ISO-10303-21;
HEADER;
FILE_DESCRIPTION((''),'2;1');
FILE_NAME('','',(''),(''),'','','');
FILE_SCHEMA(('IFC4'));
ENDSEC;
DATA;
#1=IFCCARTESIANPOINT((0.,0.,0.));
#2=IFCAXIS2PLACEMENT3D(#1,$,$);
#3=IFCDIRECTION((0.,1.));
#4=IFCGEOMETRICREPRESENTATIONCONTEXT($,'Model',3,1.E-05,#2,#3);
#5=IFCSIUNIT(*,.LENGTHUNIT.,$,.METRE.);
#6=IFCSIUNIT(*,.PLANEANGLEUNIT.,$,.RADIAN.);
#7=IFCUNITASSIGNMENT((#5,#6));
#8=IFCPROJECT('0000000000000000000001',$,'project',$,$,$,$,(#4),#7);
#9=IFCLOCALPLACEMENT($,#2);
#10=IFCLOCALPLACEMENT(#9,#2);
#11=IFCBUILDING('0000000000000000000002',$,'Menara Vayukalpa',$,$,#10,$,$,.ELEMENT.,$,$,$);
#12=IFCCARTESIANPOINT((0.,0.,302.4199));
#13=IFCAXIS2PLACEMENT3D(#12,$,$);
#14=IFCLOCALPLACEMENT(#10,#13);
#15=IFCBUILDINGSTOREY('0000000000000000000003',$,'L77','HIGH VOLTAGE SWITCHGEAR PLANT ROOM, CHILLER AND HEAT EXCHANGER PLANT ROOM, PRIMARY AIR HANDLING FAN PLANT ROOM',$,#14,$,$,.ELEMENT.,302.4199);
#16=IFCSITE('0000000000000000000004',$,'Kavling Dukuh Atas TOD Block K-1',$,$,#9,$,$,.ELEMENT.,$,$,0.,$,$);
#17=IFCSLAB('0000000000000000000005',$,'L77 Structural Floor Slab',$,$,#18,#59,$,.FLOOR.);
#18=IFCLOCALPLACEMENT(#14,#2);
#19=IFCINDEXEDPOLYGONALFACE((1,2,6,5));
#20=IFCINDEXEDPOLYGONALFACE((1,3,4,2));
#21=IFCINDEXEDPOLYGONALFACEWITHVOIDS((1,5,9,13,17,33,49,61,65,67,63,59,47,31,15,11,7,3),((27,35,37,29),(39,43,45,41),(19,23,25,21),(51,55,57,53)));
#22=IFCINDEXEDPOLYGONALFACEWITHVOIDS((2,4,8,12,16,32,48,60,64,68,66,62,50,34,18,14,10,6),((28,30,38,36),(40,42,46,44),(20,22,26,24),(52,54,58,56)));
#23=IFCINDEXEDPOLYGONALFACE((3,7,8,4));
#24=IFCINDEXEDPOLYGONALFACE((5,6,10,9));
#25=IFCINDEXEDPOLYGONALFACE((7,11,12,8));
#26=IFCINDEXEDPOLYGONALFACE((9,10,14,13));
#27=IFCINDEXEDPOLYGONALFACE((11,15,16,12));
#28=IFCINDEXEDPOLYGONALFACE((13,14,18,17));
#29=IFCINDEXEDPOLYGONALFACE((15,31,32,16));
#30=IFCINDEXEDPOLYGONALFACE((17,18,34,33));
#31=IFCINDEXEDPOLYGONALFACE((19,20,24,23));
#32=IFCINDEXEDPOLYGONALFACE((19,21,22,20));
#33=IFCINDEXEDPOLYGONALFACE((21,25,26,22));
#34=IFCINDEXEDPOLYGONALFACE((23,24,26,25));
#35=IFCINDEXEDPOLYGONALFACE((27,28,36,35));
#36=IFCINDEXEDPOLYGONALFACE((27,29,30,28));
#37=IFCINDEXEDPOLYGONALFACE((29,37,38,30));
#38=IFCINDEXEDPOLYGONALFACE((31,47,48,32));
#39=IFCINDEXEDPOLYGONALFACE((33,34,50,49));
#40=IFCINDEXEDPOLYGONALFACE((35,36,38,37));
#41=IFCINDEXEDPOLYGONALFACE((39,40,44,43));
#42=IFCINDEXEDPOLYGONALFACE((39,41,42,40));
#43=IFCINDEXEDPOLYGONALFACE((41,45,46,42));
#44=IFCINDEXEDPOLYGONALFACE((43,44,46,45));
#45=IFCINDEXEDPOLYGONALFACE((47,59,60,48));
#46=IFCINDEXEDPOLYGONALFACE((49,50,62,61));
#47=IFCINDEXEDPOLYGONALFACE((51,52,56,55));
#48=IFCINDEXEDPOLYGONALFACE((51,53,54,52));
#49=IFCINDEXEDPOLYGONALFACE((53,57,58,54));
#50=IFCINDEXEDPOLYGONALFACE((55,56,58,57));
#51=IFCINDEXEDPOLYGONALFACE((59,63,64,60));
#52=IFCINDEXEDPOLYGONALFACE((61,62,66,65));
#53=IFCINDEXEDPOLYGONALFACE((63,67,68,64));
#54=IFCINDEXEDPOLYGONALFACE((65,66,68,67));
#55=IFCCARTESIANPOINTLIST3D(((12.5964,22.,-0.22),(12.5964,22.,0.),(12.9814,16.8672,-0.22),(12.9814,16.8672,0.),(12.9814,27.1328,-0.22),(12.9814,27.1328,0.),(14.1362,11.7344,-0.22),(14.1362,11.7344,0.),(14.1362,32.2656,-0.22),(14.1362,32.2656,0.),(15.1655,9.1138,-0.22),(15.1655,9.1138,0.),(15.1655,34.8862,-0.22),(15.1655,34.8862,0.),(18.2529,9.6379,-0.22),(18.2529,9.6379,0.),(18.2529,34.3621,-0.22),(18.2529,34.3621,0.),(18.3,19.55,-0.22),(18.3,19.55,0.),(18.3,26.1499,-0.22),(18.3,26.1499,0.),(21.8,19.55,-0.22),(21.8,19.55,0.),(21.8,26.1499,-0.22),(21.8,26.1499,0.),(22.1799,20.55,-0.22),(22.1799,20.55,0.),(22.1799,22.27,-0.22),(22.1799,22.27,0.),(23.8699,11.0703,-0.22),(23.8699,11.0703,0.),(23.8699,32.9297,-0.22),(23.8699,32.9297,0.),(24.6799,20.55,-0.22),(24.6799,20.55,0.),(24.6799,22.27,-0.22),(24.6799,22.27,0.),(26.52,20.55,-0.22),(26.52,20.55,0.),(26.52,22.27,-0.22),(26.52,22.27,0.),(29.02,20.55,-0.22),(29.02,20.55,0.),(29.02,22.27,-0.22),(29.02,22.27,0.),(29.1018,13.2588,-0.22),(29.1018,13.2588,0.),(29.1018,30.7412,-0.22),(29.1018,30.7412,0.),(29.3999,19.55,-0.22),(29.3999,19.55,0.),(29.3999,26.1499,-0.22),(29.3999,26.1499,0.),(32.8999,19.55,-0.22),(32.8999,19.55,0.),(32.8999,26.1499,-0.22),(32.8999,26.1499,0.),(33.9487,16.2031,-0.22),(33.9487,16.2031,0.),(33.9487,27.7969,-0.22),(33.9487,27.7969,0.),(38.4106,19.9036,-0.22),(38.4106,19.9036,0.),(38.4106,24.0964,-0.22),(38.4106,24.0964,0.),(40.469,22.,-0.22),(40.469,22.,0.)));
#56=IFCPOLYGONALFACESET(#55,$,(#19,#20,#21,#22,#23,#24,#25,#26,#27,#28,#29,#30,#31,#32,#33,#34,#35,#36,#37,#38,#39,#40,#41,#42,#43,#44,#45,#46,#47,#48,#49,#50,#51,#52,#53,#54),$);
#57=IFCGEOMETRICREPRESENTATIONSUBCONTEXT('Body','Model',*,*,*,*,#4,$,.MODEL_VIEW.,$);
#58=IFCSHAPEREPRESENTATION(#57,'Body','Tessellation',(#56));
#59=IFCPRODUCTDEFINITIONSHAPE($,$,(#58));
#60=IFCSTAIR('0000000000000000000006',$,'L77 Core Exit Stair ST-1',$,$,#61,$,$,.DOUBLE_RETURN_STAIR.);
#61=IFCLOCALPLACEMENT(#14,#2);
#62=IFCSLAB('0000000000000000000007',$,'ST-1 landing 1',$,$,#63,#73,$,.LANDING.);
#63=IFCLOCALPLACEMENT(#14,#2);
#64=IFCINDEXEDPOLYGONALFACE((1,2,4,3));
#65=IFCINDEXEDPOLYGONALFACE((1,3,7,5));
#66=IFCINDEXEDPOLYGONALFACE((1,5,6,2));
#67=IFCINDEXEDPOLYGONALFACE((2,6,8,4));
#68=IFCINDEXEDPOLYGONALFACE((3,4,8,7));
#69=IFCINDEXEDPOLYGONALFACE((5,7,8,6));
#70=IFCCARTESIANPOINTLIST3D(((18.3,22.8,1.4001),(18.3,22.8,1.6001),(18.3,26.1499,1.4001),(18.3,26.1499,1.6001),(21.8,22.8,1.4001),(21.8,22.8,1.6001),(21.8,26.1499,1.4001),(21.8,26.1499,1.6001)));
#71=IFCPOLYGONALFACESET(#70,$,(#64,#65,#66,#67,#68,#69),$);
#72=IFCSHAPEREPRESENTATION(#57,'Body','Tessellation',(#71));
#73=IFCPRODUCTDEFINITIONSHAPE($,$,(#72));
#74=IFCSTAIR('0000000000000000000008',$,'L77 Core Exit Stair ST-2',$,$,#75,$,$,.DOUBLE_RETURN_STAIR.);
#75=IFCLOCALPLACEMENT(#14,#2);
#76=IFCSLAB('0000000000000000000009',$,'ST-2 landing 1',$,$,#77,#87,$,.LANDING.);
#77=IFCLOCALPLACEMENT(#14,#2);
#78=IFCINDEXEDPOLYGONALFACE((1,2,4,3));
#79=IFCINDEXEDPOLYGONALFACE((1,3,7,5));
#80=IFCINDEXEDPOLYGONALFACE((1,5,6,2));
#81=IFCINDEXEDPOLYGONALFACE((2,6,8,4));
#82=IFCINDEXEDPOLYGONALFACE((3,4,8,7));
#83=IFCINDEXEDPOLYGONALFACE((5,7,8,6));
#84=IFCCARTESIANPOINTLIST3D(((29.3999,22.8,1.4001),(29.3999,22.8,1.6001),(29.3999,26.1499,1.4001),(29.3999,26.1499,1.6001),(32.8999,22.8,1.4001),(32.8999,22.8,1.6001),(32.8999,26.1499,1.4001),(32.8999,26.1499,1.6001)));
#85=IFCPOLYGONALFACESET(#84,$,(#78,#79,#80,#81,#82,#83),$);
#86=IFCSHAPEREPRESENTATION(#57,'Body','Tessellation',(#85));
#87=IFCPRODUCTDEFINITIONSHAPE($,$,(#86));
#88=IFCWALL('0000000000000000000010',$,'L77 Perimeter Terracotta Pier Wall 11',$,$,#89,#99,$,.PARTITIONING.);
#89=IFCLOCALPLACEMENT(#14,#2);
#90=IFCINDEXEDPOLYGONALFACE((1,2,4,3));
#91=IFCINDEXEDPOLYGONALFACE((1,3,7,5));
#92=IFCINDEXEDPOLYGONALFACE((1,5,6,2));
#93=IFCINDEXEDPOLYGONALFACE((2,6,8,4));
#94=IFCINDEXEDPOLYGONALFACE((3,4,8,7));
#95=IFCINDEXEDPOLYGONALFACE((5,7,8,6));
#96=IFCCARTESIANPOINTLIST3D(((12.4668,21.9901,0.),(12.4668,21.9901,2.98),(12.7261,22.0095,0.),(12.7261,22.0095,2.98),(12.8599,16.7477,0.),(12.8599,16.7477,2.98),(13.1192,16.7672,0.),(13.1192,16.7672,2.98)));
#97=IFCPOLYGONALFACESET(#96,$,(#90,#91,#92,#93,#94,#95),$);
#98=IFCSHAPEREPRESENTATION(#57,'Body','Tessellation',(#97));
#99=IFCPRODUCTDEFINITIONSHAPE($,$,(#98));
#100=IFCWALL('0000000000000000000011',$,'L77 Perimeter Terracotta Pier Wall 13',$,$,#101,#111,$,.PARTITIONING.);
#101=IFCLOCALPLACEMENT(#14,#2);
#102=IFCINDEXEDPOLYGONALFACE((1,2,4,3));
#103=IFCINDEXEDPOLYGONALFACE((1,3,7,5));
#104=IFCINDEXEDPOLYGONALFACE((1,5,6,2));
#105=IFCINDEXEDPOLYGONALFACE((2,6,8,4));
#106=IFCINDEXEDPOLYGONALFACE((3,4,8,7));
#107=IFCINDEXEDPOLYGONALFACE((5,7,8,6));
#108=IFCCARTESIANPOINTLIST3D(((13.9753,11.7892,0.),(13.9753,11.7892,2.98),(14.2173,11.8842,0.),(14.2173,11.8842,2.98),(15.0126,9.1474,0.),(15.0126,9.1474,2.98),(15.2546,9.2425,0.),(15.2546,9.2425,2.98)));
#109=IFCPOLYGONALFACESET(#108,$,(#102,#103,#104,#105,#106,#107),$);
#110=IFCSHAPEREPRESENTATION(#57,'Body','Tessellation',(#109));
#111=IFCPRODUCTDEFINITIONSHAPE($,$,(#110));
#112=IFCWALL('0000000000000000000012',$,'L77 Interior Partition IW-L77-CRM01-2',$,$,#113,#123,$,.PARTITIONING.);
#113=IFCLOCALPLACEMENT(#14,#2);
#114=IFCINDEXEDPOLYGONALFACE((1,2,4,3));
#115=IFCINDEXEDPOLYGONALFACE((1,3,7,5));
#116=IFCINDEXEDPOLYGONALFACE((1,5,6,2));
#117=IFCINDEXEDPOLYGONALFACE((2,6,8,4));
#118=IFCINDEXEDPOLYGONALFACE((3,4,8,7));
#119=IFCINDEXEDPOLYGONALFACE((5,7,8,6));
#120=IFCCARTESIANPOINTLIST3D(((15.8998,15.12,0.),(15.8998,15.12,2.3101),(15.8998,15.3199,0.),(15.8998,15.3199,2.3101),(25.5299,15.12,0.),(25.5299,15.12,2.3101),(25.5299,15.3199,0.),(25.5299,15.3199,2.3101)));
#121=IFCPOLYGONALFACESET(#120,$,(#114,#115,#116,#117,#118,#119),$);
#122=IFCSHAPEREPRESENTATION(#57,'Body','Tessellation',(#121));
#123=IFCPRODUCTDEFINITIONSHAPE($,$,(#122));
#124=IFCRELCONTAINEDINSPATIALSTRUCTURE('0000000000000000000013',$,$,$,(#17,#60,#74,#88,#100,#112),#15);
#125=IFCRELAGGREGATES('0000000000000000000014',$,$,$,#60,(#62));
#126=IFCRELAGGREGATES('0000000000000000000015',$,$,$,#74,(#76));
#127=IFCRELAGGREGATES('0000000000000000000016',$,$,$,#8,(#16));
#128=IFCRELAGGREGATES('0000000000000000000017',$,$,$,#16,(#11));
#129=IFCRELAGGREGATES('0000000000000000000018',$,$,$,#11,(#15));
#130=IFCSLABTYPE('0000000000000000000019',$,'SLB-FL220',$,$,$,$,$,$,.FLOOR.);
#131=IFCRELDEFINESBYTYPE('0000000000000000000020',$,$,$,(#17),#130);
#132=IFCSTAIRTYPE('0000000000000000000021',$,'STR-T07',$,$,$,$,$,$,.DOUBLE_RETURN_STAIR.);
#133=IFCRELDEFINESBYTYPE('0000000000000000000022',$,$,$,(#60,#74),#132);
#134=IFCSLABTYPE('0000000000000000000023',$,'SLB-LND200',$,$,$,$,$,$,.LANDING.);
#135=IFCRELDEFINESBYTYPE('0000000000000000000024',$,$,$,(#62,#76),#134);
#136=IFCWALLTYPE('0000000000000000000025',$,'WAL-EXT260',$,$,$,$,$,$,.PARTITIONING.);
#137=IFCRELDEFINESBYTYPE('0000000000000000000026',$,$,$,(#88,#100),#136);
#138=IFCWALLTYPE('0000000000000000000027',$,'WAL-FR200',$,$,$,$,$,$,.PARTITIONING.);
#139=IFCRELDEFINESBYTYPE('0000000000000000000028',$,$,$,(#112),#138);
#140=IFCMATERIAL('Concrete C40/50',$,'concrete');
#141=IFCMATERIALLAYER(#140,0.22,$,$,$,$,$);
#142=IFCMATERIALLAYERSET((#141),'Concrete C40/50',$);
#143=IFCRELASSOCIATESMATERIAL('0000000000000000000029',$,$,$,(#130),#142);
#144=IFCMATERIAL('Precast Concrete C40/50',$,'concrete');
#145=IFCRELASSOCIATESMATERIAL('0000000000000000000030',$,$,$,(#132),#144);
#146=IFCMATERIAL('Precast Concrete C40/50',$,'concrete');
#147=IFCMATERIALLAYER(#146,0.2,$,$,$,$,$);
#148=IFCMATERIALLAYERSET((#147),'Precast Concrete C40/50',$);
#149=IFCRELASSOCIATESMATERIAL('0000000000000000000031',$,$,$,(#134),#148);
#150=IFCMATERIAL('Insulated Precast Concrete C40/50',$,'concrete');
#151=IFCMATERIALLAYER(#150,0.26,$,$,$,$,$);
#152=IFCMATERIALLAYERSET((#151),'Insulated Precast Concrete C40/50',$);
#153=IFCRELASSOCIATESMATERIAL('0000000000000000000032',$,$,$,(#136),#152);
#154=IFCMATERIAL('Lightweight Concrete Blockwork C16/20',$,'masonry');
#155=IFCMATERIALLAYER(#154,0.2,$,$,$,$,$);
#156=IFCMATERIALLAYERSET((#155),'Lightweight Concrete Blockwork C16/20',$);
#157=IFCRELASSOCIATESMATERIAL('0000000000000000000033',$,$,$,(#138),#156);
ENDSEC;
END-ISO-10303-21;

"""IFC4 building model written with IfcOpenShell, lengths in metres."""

from ifc_helpers import new_model, si_unit, direction, frame, frame_2d, origin, place, context, subcontext, project, spatial, polyline, rectangle, outline, extrude, material, layer, layer_set, type_object, element, aggregate, save


model = new_model("IFC4")

# Units and contexts
model_context = context("Model", 3, precision=1e-05, world=origin(), true_north=direction((0.0, 1.0)))
body_context = subcontext(model_context, "Body", "Model", "MODEL_VIEW")
ifc_project = project(units=[si_unit("LENGTHUNIT", "METRE"), si_unit("PLANEANGLEUNIT", "RADIAN")], contexts=[model_context])

# Site, building, storey
site_placement = place(None, origin())
site = spatial("IfcSite", under=ifc_project, at=site_placement, Name="Kavling Dukuh Atas TOD Block K-1", CompositionType="ELEMENT", RefElevation=0.0)
building_placement = place(site_placement, origin())
building = spatial("IfcBuilding", under=site, at=building_placement, Name="Menara Vayukalpa", CompositionType="ELEMENT")
storey_placement = place(building_placement, frame((0.0, 0.0, 302.4199)))
storey = spatial("IfcBuildingStorey", under=building, at=storey_placement, Name="L77", Description="HIGH VOLTAGE SWITCHGEAR PLANT ROOM, CHILLER AND HEAT EXCHANGER PLANT ROOM, PRIMARY AIR HANDLING FAN PLANT ROOM", CompositionType="ELEMENT", Elevation=302.4199)

# Slab
ifc_material_1 = material(Name="Concrete C40/50", Category="concrete")
ifc_layer_1 = layer(ifc_material_1, 0.22)
ifc_layer_set_1 = layer_set([ifc_layer_1], Name="Concrete C40/50")
slab_type_1 = type_object("IfcSlabType", Name="SLB-FL220", PredefinedType="FLOOR", material=ifc_layer_set_1)
slab_1_placement = place(storey_placement, frame((0.0, 0.0, -0.22)))
element("IfcSlab", 1, at=slab_1_placement, inside=storey, type_object=slab_type_1, Name="L77 Structural Floor Slab", PredefinedType="FLOOR", context=body_context, shape_type="SweptSolid", body=[
    extrude(outline(polyline([(38.4106, 19.9036), (40.469, 22.0), (38.4106, 24.0964), (33.9487, 27.7969), (29.1018, 30.7412), (23.8699, 32.9297), (18.2529, 34.3621), (15.1655, 34.8862), (14.1362, 32.2656), (12.9814, 27.1328), (12.5964, 22.0), (12.9814, 16.8672), (14.1362, 11.7344), (15.1655, 9.1138), (18.2529, 9.6379), (23.8699, 11.0703), (29.1018, 13.2588), (33.9487, 16.2031), (38.4106, 19.9036)]), holes=[polyline([(21.8, 19.55), (21.8, 26.1499), (18.3, 26.1499), (18.3, 19.55), (21.8, 19.55)]), polyline([(32.8999, 19.55), (32.8999, 26.1499), (29.3999, 26.1499), (29.3999, 19.55), (32.8999, 19.55)]), polyline([(22.1799, 20.55), (24.6799, 20.55), (24.6799, 22.27), (22.1799, 22.27), (22.1799, 20.55)]), polyline([(26.52, 20.55), (29.02, 20.55), (29.02, 22.27), (26.52, 22.27), (26.52, 20.55)])]), origin(), (0.0, 0.0, 1.0), 0.22),
])

# Stairs, slabs
ifc_material_2 = material(Name="Precast Concrete C40/50", Category="concrete")
stair_type = type_object("IfcStairType", Name="STR-T07", PredefinedType="DOUBLE_RETURN_STAIR", material=ifc_material_2)
stair_1_placement = place(storey_placement, origin())
stair_1 = element("IfcStair", 2, at=stair_1_placement, inside=storey, type_object=stair_type, Name="L77 Core Exit Stair ST-1", PredefinedType="DOUBLE_RETURN_STAIR")
ifc_material_3 = material(Name="Precast Concrete C40/50", Category="concrete")
ifc_layer_2 = layer(ifc_material_3, 0.2)
ifc_layer_set_2 = layer_set([ifc_layer_2], Name="Precast Concrete C40/50")
slab_type_2 = type_object("IfcSlabType", Name="SLB-LND200", PredefinedType="LANDING", material=ifc_layer_set_2)
slab_2_placement = place(storey_placement, frame((0.0, 0.0, 1.4001)))
slab_2 = element("IfcSlab", 3, at=slab_2_placement, type_object=slab_type_2, Name="ST-1 landing 1", PredefinedType="LANDING", context=body_context, shape_type="SweptSolid", body=[
    extrude(outline(polyline([(21.8, 22.8), (21.8, 26.1499), (18.3, 26.1499), (18.3, 22.8), (21.8, 22.8)])), origin(), (0.0, 0.0, 1.0), 0.2),
])
aggregate(stair_1, [slab_2])
stair_2_placement = place(storey_placement, origin())
stair_2 = element("IfcStair", 4, at=stair_2_placement, inside=storey, type_object=stair_type, Name="L77 Core Exit Stair ST-2", PredefinedType="DOUBLE_RETURN_STAIR")
slab_3_placement = place(storey_placement, frame((0.0, 0.0, 1.4001)))
slab_3 = element("IfcSlab", 5, at=slab_3_placement, type_object=slab_type_2, Name="ST-2 landing 1", PredefinedType="LANDING", context=body_context, shape_type="SweptSolid", body=[
    extrude(outline(polyline([(32.8999, 22.8), (32.8999, 26.1499), (29.3999, 26.1499), (29.3999, 22.8), (32.8999, 22.8)])), origin(), (0.0, 0.0, 1.0), 0.2),
])
aggregate(stair_2, [slab_3])

# Walls
ifc_material_4 = material(Name="Insulated Precast Concrete C40/50", Category="concrete")
ifc_layer_3 = layer(ifc_material_4, 0.26)
ifc_layer_set_3 = layer_set([ifc_layer_3], Name="Insulated Precast Concrete C40/50")
wall_type_1 = type_object("IfcWallType", Name="WAL-EXT260", PredefinedType="PARTITIONING", material=ifc_layer_set_3)
wall_1_placement = place(storey_placement, frame((12.9895, 16.7576, 0.0), z_axis=(0.0, 0.0, 1.0), x_axis=(-0.074768, 0.997201, 0.0)))
element("IfcWall", 6, at=wall_1_placement, inside=storey, type_object=wall_type_1, Name="L77 Perimeter Terracotta Pier Wall 11", PredefinedType="PARTITIONING", context=body_context, shape_type="SweptSolid", body=[
    extrude(rectangle(XDim=5.2571, YDim=0.26, at=frame_2d((2.6284, 0.0))), origin(), (0.0, 0.0, 1.0), 2.98),
])
wall_2_placement = place(storey_placement, frame((15.1335, 9.1951, 0.0), z_axis=(0.0, 0.0, 1.0), x_axis=(-0.365495, 0.930813, 0.0)))
element("IfcWall", 7, at=wall_2_placement, inside=storey, type_object=wall_type_1, Name="L77 Perimeter Terracotta Pier Wall 13", PredefinedType="PARTITIONING", context=body_context, shape_type="SweptSolid", body=[
    extrude(rectangle(XDim=2.8381, YDim=0.26, at=frame_2d((1.4189, 0.0))), origin(), (0.0, 0.0, 1.0), 2.98),
])
ifc_material_5 = material(Name="Lightweight Concrete Blockwork C16/20", Category="masonry")
ifc_layer_4 = layer(ifc_material_5, 0.2)
ifc_layer_set_4 = layer_set([ifc_layer_4], Name="Lightweight Concrete Blockwork C16/20")
wall_type_2 = type_object("IfcWallType", Name="WAL-FR200", PredefinedType="PARTITIONING", material=ifc_layer_set_4)
wall_3_placement = place(storey_placement, frame((15.8999, 15.22, 0.0), z_axis=(0.0, 0.0, 1.0), x_axis=(1.0, 0.0, 0.0)))
element("IfcWall", 8, at=wall_3_placement, inside=storey, type_object=wall_type_2, Name="L77 Interior Partition IW-L77-CRM01-2", PredefinedType="PARTITIONING", context=body_context, shape_type="SweptSolid", body=[
    extrude(rectangle(XDim=9.6301, YDim=0.2, at=frame_2d((4.8149, 0.0))), origin(), (0.0, 0.0, 1.0), 2.3101),
])

save(model, "model.ifc")
